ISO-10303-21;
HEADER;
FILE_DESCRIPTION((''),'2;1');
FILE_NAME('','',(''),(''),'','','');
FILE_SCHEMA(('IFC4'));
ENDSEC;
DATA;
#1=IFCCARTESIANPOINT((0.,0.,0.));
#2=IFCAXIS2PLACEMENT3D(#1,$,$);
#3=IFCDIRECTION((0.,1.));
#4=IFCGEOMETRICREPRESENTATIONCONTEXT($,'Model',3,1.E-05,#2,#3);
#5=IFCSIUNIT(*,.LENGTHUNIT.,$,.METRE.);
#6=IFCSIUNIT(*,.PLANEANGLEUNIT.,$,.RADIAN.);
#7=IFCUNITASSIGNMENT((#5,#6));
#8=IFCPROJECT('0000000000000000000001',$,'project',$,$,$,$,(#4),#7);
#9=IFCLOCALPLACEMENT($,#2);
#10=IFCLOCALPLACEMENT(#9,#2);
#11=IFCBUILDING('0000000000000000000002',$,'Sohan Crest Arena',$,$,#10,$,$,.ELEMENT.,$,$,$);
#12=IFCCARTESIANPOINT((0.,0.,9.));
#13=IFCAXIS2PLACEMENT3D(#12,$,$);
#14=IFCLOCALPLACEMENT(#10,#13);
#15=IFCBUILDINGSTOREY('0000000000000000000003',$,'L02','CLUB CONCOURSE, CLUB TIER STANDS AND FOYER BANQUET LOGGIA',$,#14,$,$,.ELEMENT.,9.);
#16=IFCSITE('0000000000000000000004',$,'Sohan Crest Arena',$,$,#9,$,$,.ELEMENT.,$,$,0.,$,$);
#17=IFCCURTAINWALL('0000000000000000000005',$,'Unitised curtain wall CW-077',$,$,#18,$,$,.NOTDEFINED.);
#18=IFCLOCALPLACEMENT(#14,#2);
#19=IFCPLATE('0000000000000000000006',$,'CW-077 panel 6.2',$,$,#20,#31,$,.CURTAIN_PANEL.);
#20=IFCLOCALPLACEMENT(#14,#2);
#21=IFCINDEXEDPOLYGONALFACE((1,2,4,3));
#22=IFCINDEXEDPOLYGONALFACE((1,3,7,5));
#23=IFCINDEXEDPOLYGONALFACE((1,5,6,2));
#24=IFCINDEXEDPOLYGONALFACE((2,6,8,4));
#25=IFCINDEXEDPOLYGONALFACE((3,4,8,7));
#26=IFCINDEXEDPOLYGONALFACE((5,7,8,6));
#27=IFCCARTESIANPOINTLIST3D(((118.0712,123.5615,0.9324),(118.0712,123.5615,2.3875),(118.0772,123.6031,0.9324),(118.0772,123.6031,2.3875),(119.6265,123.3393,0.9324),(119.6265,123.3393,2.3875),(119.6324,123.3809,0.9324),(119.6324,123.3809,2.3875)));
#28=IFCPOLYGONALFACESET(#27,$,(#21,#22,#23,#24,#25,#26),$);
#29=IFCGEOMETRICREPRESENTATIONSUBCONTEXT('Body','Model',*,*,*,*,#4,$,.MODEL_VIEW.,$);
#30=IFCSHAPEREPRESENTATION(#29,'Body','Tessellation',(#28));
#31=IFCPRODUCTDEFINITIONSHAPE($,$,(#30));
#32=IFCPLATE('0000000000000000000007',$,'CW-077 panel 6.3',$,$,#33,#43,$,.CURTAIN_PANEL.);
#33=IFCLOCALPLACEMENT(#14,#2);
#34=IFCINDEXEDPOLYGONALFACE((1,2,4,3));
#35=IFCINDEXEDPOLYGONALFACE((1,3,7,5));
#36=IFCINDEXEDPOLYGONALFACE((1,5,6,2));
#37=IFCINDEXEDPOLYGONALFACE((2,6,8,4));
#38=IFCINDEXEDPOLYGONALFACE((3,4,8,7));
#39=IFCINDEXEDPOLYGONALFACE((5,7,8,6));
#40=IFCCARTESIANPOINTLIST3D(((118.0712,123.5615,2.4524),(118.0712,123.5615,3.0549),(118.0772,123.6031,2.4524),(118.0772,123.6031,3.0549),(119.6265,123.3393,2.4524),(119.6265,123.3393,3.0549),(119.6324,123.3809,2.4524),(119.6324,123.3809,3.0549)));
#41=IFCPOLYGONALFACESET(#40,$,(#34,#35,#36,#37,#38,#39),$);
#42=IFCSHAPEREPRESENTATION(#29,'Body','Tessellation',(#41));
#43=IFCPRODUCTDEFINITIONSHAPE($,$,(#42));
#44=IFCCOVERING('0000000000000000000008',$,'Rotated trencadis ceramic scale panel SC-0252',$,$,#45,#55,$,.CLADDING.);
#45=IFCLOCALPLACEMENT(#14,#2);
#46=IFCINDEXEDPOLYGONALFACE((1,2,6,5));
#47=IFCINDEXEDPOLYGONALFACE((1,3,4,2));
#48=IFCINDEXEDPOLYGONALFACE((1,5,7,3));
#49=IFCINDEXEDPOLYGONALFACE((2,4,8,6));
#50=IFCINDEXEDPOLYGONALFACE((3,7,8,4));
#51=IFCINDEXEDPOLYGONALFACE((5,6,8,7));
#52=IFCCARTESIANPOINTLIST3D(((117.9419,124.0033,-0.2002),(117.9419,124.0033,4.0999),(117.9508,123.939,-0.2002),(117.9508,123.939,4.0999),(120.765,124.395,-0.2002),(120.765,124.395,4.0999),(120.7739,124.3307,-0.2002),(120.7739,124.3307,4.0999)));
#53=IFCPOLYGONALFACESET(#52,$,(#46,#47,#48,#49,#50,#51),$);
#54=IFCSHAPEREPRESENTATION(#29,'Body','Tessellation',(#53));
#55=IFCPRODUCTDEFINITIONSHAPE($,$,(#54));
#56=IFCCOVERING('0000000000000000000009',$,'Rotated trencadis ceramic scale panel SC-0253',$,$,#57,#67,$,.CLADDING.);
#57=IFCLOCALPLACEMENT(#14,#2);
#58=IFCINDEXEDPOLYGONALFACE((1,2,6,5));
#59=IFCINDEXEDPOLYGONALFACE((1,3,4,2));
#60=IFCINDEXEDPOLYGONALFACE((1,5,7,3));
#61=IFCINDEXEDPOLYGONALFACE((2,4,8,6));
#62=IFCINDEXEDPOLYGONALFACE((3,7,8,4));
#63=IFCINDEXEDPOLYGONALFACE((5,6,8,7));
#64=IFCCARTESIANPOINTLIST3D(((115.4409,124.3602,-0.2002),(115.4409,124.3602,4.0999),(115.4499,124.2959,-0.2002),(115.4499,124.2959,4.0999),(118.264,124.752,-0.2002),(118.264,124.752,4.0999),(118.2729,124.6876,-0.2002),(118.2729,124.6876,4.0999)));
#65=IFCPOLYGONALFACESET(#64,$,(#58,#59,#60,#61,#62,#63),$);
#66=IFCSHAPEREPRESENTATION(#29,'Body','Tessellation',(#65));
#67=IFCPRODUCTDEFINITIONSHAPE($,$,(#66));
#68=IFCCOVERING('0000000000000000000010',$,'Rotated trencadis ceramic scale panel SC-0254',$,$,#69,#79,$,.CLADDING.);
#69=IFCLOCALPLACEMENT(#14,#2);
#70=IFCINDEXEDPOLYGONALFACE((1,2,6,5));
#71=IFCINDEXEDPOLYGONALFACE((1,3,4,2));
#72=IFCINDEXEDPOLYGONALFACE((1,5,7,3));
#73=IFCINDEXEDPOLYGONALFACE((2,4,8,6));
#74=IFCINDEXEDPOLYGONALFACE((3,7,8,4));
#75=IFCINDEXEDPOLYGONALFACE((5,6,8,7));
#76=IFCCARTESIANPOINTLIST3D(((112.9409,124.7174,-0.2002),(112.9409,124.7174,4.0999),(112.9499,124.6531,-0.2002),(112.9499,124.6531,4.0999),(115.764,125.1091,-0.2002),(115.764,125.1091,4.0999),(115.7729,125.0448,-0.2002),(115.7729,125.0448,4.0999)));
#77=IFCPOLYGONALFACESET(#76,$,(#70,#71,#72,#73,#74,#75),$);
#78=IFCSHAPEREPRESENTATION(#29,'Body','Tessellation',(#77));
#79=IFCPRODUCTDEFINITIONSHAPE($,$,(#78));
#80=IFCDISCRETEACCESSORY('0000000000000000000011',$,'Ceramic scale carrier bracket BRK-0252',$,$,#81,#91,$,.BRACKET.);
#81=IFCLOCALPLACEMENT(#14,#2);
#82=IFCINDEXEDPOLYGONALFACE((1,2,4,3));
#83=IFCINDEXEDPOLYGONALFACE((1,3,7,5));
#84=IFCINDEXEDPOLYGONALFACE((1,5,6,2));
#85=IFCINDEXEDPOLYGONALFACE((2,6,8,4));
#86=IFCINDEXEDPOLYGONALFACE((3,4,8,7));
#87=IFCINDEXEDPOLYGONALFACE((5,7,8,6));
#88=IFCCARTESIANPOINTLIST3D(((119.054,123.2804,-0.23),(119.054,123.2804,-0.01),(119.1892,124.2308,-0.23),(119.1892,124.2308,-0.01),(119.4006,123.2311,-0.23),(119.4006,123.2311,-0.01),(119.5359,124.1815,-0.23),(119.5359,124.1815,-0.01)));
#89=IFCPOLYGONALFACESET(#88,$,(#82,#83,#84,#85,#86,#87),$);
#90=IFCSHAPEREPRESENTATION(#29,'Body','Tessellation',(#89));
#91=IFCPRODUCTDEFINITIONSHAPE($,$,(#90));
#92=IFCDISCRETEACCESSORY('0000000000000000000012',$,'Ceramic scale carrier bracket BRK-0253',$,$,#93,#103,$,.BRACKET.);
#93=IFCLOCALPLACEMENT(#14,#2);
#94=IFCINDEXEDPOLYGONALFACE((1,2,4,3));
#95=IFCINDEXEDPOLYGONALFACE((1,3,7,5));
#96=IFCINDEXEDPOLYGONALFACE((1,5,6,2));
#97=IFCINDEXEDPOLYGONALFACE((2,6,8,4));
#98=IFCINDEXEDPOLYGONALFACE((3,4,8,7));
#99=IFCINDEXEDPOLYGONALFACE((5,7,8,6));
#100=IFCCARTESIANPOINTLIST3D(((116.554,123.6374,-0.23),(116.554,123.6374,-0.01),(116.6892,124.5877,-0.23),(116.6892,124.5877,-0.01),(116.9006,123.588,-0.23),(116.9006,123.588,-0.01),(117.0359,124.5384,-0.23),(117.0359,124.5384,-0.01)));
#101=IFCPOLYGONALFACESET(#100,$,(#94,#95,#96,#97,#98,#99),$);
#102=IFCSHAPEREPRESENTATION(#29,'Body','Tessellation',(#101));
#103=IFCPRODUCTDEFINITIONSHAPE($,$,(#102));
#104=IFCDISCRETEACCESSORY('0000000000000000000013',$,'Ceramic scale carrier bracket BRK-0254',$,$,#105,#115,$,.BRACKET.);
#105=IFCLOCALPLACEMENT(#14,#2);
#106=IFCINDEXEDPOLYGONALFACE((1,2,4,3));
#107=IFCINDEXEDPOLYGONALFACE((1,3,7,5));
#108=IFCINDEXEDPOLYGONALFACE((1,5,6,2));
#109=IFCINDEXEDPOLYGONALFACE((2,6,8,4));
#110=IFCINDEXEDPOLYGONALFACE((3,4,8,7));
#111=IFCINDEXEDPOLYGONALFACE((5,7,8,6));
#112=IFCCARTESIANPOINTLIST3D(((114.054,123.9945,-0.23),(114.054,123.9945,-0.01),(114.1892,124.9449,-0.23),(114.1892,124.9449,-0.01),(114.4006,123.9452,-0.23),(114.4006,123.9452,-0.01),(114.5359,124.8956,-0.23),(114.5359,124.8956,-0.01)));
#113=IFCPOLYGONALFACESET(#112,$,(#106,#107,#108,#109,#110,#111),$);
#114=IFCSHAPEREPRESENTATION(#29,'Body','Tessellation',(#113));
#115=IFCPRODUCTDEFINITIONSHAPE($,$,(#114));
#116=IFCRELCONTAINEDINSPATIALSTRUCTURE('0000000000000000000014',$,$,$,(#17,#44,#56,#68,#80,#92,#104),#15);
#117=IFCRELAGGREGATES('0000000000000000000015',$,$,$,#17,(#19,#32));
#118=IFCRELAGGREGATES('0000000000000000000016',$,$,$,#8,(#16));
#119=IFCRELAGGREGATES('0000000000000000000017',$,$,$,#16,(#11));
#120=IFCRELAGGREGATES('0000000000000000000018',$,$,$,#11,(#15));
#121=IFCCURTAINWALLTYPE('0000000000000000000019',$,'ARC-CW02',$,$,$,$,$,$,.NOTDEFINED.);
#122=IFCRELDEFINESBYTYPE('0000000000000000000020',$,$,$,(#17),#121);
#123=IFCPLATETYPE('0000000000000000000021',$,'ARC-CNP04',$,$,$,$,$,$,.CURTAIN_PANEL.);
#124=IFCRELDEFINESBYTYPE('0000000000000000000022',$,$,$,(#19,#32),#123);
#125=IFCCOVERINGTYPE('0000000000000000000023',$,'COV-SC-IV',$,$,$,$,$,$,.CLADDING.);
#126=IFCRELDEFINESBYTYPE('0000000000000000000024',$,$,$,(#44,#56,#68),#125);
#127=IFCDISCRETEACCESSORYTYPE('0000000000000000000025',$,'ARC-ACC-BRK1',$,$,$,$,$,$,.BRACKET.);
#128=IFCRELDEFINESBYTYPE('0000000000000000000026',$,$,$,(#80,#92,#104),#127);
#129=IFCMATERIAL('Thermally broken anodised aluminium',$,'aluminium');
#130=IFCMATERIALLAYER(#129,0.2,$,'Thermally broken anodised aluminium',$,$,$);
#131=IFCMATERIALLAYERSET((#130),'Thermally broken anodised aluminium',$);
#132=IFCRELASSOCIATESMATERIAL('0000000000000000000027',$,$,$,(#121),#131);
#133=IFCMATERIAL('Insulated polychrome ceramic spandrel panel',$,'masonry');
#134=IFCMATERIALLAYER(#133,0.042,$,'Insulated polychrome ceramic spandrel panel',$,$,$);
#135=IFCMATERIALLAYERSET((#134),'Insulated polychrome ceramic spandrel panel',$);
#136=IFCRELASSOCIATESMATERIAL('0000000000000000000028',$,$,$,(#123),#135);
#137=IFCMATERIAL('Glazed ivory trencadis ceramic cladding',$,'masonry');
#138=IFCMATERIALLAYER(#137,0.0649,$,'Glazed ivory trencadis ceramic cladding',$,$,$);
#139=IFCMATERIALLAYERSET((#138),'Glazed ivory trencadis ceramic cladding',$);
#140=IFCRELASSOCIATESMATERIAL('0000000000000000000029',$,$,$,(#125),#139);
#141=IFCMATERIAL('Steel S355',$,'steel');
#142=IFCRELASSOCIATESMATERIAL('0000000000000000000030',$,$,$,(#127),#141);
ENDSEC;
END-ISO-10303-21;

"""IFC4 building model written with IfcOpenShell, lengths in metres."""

from ifc_helpers import new_model, si_unit, direction, frame, origin, origin_2d, place, context, subcontext, project, spatial, rectangle, extrude, material, layer, layer_set, type_object, element, aggregate, save


model = new_model("IFC4")

# Units and contexts
model_context = context("Model", 3, precision=1e-05, world=origin(), true_north=direction((0.0, 1.0)))
body_context = subcontext(model_context, "Body", "Model", "MODEL_VIEW")
ifc_project = project(units=[si_unit("LENGTHUNIT", "METRE"), si_unit("PLANEANGLEUNIT", "RADIAN")], contexts=[model_context])

# Site, building, storey
site_placement = place(None, origin())
site = spatial("IfcSite", under=ifc_project, at=site_placement, Name="Sohan Crest Arena", CompositionType="ELEMENT", RefElevation=0.0)
building_placement = place(site_placement, origin())
building = spatial("IfcBuilding", under=site, at=building_placement, Name="Sohan Crest Arena", CompositionType="ELEMENT")
storey_placement = place(building_placement, frame((0.0, 0.0, 9.0)))
storey = spatial("IfcBuildingStorey", under=building, at=storey_placement, Name="L02", Description="CLUB CONCOURSE, CLUB TIER STANDS AND FOYER BANQUET LOGGIA", CompositionType="ELEMENT", Elevation=9.0)

# Shared definitions
ifc_material_1 = material(Name="Steel S355", Category="steel")

# Curtain wall
ifc_material_2 = material(Name="Thermally broken anodised aluminium", Category="aluminium")
ifc_layer_1 = layer(ifc_material_2, 0.2, Name="Thermally broken anodised aluminium")
ifc_layer_set_1 = layer_set([ifc_layer_1], Name="Thermally broken anodised aluminium")
curtain_wall_type_1 = type_object("IfcCurtainWallType", Name="ARC-CW02", PredefinedType="NOTDEFINED", material=ifc_layer_set_1)
curtain_wall_1_placement = place(storey_placement, origin())
curtain_wall_1 = element("IfcCurtainWall", 1, at=curtain_wall_1_placement, inside=storey, type_object=curtain_wall_type_1, Name="Unitised curtain wall CW-077", PredefinedType="NOTDEFINED")

# Plates
ifc_material_3 = material(Name="Insulated polychrome ceramic spandrel panel", Category="masonry")
ifc_layer_2 = layer(ifc_material_3, 0.042, Name="Insulated polychrome ceramic spandrel panel")
ifc_layer_set_2 = layer_set([ifc_layer_2], Name="Insulated polychrome ceramic spandrel panel")
plate_type_1 = type_object("IfcPlateType", Name="ARC-CNP04", PredefinedType="CURTAIN_PANEL", material=ifc_layer_set_2)
plate_1_placement = place(storey_placement, frame((118.8518, 123.4712, 0.9324), z_axis=(0.0, 0.0, 1.0), x_axis=(-0.989944, 0.141463, 0.0)))
plate_1 = element("IfcPlate", 2, at=plate_1_placement, type_object=plate_type_1, Name="CW-077 panel 6.2", PredefinedType="CURTAIN_PANEL", context=body_context, shape_type="SweptSolid", body=[
    extrude(rectangle(XDim=1.571, YDim=0.042, at=origin_2d()), origin(), (0.0, 0.0, 1.0), 1.4551),
])
plate_2_placement = place(storey_placement, frame((118.8518, 123.4712, 2.4524), z_axis=(0.0, 0.0, 1.0), x_axis=(-0.989944, 0.141463, 0.0)))
plate_2 = element("IfcPlate", 3, at=plate_2_placement, type_object=plate_type_1, Name="CW-077 panel 6.3", PredefinedType="CURTAIN_PANEL", context=body_context, shape_type="SweptSolid", body=[
    extrude(rectangle(XDim=1.571, YDim=0.042, at=origin_2d()), origin(), (0.0, 0.0, 1.0), 0.6025),
])
aggregate(curtain_wall_1, [plate_1, plate_2])

# Coverings
ifc_material_4 = material(Name="Glazed ivory trencadis ceramic cladding", Category="masonry")
ifc_layer_3 = layer(ifc_material_4, 0.0649, Name="Glazed ivory trencadis ceramic cladding")
ifc_layer_set_3 = layer_set([ifc_layer_3], Name="Glazed ivory trencadis ceramic cladding")
covering_type = type_object("IfcCoveringType", Name="COV-SC-IV", PredefinedType="CLADDING", material=ifc_layer_set_3)
for number, where, z_axis, x_axis, name in (
    (4, (119.3579, 124.167, -0.2002), (0.0, 0.0, 1.0), (-0.990509, -0.137445, 0.0), "Rotated trencadis ceramic scale panel SC-0252"),
    (5, (116.8569, 124.5239, -0.2002), (0.0, 0.0, 1.0), (-0.990509, -0.137445, 0.0), "Rotated trencadis ceramic scale panel SC-0253"),
    (6, (114.3569, 124.8811, -0.2002), (0.0, 0.0, 1.0), (-0.990509, -0.137445, 0.0), "Rotated trencadis ceramic scale panel SC-0254"),
):
    element("IfcCovering", number, at=place(storey_placement, frame(where, z_axis=z_axis, x_axis=x_axis)), inside=storey, type_object=covering_type, Name=name, PredefinedType="CLADDING", context=body_context, shape_type="SweptSolid", body=[
        extrude(rectangle(XDim=2.8501, YDim=0.0649, at=origin_2d()), origin(), (0.0, 0.0, 1.0), 4.3),
    ])

# Discrete accessories
discrete_accessory_type = type_object("IfcDiscreteAccessoryType", Name="ARC-ACC-BRK1", PredefinedType="BRACKET", material=ifc_material_1)
for number, where, z_axis, x_axis, name in (
    (7, (119.2949, 123.731, -0.23), (0.0, 0.0, 1.0), (-0.990024, 0.140901, 0.0), "Ceramic scale carrier bracket BRK-0252"),
    (8, (116.7949, 124.0879, -0.23), (0.0, 0.0, 1.0), (-0.990024, 0.140901, 0.0), "Ceramic scale carrier bracket BRK-0253"),
    (9, (114.2949, 124.4451, -0.23), (0.0, 0.0, 1.0), (-0.990024, 0.140901, 0.0), "Ceramic scale carrier bracket BRK-0254"),
):
    element("IfcDiscreteAccessory", number, at=place(storey_placement, frame(where, z_axis=z_axis, x_axis=x_axis)), inside=storey, type_object=discrete_accessory_type, Name=name, PredefinedType="BRACKET", context=body_context, shape_type="SweptSolid", body=[
        extrude(rectangle(XDim=0.3501, YDim=0.96, at=origin_2d()), origin(), (0.0, 0.0, 1.0), 0.22),
    ])

save(model, "model.ifc")
